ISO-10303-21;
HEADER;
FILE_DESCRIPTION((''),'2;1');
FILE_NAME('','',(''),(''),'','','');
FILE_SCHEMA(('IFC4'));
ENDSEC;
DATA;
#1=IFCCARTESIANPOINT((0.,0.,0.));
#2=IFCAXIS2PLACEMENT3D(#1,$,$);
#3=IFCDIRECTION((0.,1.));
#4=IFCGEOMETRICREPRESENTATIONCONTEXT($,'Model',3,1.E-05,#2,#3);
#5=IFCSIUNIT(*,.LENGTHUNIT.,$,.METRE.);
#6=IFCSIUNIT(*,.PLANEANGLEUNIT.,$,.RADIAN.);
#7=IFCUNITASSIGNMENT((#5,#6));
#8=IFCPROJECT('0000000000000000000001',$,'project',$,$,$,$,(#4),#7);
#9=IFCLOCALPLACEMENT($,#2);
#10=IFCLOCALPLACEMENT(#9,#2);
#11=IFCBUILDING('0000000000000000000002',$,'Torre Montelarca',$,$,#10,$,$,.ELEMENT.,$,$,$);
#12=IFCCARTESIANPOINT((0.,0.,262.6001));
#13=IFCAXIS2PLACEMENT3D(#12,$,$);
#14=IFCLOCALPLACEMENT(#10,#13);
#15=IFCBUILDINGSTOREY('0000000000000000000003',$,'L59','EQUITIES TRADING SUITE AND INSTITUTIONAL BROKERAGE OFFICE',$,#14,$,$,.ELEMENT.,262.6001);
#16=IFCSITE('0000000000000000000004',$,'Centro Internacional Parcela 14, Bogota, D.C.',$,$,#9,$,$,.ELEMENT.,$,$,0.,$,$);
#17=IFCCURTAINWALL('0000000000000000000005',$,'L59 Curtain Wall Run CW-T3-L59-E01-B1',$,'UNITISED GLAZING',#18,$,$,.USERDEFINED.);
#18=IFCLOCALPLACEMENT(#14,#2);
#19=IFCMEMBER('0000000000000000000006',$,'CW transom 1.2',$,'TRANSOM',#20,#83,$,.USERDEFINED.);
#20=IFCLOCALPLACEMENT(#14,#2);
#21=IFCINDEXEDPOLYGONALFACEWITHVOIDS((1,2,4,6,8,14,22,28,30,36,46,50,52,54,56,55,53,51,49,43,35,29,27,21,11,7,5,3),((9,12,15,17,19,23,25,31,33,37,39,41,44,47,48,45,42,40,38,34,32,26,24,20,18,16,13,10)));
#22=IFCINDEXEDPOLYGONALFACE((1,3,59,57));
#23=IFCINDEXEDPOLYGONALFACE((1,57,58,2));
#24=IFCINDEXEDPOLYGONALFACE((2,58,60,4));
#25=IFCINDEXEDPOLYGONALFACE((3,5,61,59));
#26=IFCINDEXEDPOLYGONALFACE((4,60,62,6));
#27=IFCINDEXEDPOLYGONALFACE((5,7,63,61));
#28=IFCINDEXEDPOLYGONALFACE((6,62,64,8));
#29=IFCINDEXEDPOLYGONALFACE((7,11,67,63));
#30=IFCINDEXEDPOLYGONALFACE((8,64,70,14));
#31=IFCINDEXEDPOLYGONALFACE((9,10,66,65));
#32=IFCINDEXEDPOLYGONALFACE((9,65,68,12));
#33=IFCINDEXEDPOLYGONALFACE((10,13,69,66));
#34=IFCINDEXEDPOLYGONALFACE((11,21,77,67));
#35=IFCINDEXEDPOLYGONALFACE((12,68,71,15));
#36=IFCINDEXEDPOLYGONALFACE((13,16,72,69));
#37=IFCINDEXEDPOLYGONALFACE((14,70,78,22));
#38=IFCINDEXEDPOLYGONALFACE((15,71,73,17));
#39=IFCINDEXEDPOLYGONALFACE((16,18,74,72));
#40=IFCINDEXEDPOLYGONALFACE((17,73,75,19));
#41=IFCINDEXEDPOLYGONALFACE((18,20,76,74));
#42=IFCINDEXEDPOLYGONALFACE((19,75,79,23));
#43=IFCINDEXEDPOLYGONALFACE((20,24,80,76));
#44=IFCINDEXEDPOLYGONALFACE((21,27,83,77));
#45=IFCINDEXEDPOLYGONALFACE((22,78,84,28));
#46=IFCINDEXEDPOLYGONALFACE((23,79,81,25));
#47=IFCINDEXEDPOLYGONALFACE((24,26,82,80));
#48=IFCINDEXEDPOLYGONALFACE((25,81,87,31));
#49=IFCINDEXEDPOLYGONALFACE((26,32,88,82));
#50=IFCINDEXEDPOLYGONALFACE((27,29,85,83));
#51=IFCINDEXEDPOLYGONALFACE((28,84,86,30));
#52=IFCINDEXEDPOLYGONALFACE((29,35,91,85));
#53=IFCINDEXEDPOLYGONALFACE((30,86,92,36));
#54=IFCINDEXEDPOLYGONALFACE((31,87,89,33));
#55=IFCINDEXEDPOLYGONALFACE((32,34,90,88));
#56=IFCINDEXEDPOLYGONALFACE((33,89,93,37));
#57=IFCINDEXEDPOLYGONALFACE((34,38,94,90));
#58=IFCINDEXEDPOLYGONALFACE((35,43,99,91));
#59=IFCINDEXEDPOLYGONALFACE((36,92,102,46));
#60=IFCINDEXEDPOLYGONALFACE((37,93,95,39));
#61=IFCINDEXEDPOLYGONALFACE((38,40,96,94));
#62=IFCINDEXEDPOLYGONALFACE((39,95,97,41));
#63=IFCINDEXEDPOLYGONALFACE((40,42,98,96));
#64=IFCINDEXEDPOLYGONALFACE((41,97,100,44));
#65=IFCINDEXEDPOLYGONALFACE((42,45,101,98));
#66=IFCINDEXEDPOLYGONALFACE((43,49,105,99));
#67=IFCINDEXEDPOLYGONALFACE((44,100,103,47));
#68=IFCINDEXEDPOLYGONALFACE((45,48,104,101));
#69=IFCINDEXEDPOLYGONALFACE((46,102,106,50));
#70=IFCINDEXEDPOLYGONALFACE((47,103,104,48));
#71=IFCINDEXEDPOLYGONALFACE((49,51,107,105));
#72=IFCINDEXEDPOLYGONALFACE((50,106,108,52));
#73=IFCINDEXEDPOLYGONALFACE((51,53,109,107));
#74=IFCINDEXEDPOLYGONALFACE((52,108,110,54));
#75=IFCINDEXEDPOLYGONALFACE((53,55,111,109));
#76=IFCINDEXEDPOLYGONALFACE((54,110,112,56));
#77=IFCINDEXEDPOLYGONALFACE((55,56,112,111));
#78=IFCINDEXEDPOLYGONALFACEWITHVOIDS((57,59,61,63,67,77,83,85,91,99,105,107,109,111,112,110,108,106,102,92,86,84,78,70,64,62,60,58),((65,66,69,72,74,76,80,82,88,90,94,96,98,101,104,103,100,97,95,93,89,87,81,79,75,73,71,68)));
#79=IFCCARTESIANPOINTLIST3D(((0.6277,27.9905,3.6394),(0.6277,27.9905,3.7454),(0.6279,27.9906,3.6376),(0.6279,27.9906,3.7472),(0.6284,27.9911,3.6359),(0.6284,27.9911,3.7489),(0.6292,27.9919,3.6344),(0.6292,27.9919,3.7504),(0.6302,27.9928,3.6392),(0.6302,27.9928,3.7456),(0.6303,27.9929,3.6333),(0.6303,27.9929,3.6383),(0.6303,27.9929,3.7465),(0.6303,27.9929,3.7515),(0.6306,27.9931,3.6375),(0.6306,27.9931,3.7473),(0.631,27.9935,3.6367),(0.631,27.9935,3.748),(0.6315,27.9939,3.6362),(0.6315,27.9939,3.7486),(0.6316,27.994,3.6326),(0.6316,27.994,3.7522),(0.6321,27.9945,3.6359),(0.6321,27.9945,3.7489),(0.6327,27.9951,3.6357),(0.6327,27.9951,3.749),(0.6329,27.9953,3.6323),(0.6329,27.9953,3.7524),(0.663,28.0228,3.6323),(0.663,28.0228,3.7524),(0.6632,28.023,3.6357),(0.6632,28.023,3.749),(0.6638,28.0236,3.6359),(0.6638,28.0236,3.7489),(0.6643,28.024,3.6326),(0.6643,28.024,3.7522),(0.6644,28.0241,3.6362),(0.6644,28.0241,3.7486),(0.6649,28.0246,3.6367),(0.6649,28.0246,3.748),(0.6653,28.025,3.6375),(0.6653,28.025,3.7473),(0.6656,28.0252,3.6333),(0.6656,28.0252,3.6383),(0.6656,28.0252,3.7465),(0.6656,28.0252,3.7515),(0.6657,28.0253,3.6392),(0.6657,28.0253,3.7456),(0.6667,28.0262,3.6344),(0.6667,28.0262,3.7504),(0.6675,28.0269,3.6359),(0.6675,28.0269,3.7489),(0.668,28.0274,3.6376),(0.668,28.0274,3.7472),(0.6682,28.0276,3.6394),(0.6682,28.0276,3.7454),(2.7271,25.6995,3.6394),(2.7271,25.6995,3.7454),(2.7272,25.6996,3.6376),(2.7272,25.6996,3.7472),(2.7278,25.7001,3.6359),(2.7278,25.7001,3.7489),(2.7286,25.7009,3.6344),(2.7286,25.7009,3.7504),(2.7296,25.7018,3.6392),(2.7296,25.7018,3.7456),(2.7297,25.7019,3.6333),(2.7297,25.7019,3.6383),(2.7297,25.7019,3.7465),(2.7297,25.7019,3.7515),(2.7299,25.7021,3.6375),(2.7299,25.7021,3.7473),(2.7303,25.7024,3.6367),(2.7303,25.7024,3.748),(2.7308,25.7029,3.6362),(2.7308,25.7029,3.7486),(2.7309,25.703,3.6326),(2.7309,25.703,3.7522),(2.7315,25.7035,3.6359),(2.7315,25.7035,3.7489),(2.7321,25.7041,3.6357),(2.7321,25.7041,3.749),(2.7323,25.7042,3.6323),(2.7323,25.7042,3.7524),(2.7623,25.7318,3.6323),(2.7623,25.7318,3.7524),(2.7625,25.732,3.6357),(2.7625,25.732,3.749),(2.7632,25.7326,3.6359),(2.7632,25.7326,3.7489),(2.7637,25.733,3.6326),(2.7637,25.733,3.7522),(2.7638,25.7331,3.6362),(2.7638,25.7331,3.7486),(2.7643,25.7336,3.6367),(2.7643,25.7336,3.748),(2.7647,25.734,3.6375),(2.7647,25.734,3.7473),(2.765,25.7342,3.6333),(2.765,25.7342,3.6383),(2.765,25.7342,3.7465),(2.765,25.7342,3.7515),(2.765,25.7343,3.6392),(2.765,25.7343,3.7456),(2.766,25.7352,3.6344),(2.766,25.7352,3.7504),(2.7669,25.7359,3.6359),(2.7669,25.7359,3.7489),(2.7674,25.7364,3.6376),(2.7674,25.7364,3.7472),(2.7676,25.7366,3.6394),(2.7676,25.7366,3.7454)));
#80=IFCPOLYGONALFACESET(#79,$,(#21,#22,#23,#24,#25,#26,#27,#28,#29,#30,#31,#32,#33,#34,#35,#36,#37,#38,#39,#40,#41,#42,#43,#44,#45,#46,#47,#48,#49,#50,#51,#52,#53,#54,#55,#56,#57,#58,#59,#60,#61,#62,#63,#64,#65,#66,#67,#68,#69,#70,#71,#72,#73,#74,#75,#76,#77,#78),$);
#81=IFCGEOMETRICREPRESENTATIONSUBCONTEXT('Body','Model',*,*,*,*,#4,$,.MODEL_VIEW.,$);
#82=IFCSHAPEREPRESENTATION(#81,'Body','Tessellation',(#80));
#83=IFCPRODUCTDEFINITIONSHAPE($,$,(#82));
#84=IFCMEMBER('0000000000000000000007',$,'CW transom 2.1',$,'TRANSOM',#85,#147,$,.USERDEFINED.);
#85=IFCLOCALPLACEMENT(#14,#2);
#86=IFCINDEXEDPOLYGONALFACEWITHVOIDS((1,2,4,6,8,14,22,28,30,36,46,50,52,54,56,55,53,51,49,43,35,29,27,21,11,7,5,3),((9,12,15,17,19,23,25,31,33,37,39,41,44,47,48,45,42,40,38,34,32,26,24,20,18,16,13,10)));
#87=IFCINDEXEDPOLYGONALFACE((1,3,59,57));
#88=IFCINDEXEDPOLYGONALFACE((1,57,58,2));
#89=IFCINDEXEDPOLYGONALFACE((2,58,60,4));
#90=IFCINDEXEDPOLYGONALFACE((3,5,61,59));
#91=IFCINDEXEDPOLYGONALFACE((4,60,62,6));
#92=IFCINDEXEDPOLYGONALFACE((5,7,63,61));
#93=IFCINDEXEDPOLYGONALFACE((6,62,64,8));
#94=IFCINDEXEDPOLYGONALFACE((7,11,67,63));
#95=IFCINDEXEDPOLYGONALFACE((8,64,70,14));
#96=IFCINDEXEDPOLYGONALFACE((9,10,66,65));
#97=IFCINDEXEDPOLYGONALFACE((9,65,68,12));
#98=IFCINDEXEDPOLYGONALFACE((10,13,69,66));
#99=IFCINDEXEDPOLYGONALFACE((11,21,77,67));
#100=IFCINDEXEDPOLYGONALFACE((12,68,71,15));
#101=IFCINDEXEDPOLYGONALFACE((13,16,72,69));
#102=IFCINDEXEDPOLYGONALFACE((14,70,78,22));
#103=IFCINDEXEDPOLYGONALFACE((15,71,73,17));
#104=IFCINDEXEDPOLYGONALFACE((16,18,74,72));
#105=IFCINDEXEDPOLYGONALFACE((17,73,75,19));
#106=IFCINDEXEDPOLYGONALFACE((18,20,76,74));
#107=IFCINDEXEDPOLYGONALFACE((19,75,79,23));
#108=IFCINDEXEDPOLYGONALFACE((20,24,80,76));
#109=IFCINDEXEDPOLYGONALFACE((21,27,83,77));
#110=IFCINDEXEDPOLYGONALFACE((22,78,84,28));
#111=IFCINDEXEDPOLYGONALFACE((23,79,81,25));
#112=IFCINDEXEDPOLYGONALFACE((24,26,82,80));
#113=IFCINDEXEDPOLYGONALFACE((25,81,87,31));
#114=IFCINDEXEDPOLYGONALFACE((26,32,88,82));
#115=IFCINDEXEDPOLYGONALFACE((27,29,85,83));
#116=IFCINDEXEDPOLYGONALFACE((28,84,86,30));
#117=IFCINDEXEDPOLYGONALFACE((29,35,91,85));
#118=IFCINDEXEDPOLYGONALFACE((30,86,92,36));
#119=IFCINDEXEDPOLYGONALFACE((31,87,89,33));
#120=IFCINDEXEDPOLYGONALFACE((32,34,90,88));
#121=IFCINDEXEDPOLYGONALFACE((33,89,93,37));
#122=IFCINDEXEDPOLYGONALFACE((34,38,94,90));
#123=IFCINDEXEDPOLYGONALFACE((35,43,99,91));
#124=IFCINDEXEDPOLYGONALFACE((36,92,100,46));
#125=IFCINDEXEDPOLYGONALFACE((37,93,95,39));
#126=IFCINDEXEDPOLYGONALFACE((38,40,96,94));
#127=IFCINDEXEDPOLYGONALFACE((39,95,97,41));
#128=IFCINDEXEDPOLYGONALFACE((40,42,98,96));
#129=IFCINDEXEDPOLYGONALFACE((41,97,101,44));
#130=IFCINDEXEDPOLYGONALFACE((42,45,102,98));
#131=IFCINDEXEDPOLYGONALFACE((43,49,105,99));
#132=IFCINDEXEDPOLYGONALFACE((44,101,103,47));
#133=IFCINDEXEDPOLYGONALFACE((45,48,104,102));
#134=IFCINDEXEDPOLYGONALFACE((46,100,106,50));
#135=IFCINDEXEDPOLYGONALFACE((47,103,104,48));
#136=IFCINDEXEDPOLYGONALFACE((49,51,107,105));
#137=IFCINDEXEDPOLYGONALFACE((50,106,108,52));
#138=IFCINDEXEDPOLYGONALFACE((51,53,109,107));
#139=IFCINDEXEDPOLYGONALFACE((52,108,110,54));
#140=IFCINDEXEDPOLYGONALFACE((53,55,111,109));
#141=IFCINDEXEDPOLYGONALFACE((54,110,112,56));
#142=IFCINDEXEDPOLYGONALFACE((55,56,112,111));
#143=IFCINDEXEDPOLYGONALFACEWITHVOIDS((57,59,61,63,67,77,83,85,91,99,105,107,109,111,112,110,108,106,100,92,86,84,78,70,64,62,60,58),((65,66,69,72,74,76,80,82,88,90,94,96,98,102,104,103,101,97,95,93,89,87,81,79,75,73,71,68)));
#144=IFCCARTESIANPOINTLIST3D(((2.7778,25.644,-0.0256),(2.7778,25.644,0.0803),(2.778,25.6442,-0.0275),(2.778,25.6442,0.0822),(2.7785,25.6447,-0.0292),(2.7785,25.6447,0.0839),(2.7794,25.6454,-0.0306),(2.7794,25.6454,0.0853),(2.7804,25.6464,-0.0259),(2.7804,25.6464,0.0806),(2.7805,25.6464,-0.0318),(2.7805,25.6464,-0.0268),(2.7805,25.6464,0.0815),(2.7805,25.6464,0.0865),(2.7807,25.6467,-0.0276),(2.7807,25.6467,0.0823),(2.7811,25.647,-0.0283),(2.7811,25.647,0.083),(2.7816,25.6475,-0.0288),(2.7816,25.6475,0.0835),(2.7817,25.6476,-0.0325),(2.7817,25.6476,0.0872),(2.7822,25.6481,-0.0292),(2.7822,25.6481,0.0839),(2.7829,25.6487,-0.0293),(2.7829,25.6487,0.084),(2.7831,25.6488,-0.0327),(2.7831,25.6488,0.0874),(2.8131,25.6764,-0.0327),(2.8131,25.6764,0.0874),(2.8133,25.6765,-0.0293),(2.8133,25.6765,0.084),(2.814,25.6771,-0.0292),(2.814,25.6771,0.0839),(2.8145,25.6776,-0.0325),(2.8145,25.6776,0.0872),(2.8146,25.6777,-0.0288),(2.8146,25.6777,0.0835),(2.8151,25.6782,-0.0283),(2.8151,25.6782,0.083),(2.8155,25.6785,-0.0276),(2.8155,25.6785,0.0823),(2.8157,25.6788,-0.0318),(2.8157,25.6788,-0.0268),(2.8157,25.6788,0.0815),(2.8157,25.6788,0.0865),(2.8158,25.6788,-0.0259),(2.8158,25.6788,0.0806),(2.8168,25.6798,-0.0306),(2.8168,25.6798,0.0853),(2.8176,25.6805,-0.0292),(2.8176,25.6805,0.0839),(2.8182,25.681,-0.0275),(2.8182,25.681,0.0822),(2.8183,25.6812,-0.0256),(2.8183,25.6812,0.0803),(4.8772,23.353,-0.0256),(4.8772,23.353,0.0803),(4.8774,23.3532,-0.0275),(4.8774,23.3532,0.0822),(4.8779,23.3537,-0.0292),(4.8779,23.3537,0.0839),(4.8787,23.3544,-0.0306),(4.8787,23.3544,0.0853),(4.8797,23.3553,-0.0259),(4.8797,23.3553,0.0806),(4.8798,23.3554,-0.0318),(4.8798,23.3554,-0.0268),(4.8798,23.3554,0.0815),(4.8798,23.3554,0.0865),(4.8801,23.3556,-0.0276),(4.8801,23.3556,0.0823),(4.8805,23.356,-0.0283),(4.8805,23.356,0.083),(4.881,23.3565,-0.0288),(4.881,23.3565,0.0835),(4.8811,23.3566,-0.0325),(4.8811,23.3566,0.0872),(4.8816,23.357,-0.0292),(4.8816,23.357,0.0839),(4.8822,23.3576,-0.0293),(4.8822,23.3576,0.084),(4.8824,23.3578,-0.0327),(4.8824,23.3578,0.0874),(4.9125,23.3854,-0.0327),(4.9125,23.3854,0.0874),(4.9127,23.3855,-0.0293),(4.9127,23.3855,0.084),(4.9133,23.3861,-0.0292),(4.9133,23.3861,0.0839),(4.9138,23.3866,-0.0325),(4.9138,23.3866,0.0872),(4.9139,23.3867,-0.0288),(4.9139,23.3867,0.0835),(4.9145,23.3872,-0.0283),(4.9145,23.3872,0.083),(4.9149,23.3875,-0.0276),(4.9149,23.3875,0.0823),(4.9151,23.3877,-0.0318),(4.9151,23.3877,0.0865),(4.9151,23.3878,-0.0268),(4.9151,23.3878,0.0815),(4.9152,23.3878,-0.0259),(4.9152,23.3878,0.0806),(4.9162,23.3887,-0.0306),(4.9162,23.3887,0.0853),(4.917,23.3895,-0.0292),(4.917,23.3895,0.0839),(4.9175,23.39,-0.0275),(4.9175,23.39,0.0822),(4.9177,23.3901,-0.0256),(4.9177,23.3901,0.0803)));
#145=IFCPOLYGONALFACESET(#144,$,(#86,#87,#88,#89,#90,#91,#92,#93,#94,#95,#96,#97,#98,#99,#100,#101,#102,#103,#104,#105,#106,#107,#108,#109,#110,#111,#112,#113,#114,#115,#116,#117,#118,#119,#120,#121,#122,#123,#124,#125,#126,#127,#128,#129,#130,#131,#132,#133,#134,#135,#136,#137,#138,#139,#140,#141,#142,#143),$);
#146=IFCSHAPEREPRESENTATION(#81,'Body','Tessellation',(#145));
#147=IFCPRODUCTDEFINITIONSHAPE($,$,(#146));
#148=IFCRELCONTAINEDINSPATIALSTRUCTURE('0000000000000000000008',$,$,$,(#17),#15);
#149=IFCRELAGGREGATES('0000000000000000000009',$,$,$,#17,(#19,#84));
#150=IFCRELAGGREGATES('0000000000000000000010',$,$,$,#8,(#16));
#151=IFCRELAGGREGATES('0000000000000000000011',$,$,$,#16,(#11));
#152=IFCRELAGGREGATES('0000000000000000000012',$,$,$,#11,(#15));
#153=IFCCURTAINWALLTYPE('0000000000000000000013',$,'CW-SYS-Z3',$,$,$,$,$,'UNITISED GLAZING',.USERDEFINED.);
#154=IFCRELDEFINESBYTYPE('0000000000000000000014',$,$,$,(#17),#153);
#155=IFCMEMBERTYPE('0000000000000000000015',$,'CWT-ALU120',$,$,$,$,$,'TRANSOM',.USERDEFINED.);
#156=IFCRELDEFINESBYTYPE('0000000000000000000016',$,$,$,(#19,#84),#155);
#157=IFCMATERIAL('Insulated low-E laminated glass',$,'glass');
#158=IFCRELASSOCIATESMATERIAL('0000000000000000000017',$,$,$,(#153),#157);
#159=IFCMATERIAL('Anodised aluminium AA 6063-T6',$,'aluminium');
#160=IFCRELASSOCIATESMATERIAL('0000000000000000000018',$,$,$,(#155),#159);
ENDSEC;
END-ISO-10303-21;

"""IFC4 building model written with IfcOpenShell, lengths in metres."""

from ifc_helpers import new_model, si_unit, direction, frame, origin, origin_2d, place, context, subcontext, project, spatial, hollow_rectangle, extrude, source, transform, mapped, material, material_profile, profile_set, type_object, element, aggregate, save


model = new_model("IFC4")

# Units and contexts
model_context = context("Model", 3, precision=1e-05, world=origin(), true_north=direction((0.0, 1.0)))
body_context = subcontext(model_context, "Body", "Model", "MODEL_VIEW")
ifc_project = project(units=[si_unit("LENGTHUNIT", "METRE"), si_unit("PLANEANGLEUNIT", "RADIAN")], contexts=[model_context])

# Site, building, storey
site_placement = place(None, origin())
site = spatial("IfcSite", under=ifc_project, at=site_placement, Name="Centro Internacional Parcela 14, Bogota, D.C.", CompositionType="ELEMENT", RefElevation=0.0)
building_placement = place(site_placement, origin())
building = spatial("IfcBuilding", under=site, at=building_placement, Name="Torre Montelarca", CompositionType="ELEMENT")
storey_placement = place(building_placement, frame((0.0, 0.0, 262.6001)))
storey = spatial("IfcBuildingStorey", under=building, at=storey_placement, Name="L59", Description="EQUITIES TRADING SUITE AND INSTITUTIONAL BROKERAGE OFFICE", CompositionType="ELEMENT", Elevation=262.6001)

# Curtain wall, members
ifc_material_1 = material(Name="Insulated low-E laminated glass", Category="glass")
curtain_wall_type = type_object("IfcCurtainWallType", Name="CW-SYS-Z3", ElementType="UNITISED GLAZING", PredefinedType="USERDEFINED", material=ifc_material_1)
curtain_wall_placement = place(storey_placement, origin())
curtain_wall = element("IfcCurtainWall", 1, at=curtain_wall_placement, inside=storey, type_object=curtain_wall_type, Name="L59 Curtain Wall Run CW-T3-L59-E01-B1", ObjectType="UNITISED GLAZING", PredefinedType="USERDEFINED")
ifc_material_2 = material(Name="Anodised aluminium AA 6063-T6", Category="aluminium")
ifc_material_profile_1 = material_profile(ifc_material_2, hollow_rectangle(XDim=0.0549, YDim=0.1201, WallThickness=0.0034, InnerFilletRadius=0.0034, OuterFilletRadius=0.0071, at=origin_2d()), Name="ALU55X120X3.5", Category="aluminium")
ifc_profile_set_1 = profile_set([ifc_material_profile_1], Name="Anodised aluminium AA 6063-T6")
member_type_1 = type_object("IfcMemberType", Name="CWT-ALU120", ElementType="TRANSOM", PredefinedType="USERDEFINED", material=ifc_profile_set_1)
shared_shape_1 = source(origin(), body_context, "Body", "SweptSolid", [
    extrude(hollow_rectangle(XDim=0.0549, YDim=0.1201, WallThickness=0.0034, InnerFilletRadius=0.0034, OuterFilletRadius=0.0071, at=origin_2d()), origin(), (0.0, 0.0, 1.0), 3.1074),
])
member_1_placement = place(storey_placement, frame((0.6479, 28.009, 3.6924), z_axis=(0.675597, -0.737272, 0.0), x_axis=(0.737272, 0.675597, 0.0)))
member_1 = element("IfcMember", 2, at=member_1_placement, type_object=member_type_1, Name="CW transom 1.2", ObjectType="TRANSOM", PredefinedType="USERDEFINED", context=body_context, shape_type="MappedRepresentation", body=[
    mapped(shared_shape_1, transform((0.0, 0.0, 0.0), scale=1.0)),
])
member_2_placement = place(storey_placement, frame((2.7981, 25.6626, 0.0273), z_axis=(0.675597, -0.737272, 0.0), x_axis=(0.737272, 0.675597, 0.0)))
member_2 = element("IfcMember", 3, at=member_2_placement, type_object=member_type_1, Name="CW transom 2.1", ObjectType="TRANSOM", PredefinedType="USERDEFINED", context=body_context, shape_type="MappedRepresentation", body=[
    mapped(shared_shape_1, transform((0.0, 0.0, 0.0), scale=1.0)),
])
aggregate(curtain_wall, [member_1, member_2])

save(model, "model.ifc")
